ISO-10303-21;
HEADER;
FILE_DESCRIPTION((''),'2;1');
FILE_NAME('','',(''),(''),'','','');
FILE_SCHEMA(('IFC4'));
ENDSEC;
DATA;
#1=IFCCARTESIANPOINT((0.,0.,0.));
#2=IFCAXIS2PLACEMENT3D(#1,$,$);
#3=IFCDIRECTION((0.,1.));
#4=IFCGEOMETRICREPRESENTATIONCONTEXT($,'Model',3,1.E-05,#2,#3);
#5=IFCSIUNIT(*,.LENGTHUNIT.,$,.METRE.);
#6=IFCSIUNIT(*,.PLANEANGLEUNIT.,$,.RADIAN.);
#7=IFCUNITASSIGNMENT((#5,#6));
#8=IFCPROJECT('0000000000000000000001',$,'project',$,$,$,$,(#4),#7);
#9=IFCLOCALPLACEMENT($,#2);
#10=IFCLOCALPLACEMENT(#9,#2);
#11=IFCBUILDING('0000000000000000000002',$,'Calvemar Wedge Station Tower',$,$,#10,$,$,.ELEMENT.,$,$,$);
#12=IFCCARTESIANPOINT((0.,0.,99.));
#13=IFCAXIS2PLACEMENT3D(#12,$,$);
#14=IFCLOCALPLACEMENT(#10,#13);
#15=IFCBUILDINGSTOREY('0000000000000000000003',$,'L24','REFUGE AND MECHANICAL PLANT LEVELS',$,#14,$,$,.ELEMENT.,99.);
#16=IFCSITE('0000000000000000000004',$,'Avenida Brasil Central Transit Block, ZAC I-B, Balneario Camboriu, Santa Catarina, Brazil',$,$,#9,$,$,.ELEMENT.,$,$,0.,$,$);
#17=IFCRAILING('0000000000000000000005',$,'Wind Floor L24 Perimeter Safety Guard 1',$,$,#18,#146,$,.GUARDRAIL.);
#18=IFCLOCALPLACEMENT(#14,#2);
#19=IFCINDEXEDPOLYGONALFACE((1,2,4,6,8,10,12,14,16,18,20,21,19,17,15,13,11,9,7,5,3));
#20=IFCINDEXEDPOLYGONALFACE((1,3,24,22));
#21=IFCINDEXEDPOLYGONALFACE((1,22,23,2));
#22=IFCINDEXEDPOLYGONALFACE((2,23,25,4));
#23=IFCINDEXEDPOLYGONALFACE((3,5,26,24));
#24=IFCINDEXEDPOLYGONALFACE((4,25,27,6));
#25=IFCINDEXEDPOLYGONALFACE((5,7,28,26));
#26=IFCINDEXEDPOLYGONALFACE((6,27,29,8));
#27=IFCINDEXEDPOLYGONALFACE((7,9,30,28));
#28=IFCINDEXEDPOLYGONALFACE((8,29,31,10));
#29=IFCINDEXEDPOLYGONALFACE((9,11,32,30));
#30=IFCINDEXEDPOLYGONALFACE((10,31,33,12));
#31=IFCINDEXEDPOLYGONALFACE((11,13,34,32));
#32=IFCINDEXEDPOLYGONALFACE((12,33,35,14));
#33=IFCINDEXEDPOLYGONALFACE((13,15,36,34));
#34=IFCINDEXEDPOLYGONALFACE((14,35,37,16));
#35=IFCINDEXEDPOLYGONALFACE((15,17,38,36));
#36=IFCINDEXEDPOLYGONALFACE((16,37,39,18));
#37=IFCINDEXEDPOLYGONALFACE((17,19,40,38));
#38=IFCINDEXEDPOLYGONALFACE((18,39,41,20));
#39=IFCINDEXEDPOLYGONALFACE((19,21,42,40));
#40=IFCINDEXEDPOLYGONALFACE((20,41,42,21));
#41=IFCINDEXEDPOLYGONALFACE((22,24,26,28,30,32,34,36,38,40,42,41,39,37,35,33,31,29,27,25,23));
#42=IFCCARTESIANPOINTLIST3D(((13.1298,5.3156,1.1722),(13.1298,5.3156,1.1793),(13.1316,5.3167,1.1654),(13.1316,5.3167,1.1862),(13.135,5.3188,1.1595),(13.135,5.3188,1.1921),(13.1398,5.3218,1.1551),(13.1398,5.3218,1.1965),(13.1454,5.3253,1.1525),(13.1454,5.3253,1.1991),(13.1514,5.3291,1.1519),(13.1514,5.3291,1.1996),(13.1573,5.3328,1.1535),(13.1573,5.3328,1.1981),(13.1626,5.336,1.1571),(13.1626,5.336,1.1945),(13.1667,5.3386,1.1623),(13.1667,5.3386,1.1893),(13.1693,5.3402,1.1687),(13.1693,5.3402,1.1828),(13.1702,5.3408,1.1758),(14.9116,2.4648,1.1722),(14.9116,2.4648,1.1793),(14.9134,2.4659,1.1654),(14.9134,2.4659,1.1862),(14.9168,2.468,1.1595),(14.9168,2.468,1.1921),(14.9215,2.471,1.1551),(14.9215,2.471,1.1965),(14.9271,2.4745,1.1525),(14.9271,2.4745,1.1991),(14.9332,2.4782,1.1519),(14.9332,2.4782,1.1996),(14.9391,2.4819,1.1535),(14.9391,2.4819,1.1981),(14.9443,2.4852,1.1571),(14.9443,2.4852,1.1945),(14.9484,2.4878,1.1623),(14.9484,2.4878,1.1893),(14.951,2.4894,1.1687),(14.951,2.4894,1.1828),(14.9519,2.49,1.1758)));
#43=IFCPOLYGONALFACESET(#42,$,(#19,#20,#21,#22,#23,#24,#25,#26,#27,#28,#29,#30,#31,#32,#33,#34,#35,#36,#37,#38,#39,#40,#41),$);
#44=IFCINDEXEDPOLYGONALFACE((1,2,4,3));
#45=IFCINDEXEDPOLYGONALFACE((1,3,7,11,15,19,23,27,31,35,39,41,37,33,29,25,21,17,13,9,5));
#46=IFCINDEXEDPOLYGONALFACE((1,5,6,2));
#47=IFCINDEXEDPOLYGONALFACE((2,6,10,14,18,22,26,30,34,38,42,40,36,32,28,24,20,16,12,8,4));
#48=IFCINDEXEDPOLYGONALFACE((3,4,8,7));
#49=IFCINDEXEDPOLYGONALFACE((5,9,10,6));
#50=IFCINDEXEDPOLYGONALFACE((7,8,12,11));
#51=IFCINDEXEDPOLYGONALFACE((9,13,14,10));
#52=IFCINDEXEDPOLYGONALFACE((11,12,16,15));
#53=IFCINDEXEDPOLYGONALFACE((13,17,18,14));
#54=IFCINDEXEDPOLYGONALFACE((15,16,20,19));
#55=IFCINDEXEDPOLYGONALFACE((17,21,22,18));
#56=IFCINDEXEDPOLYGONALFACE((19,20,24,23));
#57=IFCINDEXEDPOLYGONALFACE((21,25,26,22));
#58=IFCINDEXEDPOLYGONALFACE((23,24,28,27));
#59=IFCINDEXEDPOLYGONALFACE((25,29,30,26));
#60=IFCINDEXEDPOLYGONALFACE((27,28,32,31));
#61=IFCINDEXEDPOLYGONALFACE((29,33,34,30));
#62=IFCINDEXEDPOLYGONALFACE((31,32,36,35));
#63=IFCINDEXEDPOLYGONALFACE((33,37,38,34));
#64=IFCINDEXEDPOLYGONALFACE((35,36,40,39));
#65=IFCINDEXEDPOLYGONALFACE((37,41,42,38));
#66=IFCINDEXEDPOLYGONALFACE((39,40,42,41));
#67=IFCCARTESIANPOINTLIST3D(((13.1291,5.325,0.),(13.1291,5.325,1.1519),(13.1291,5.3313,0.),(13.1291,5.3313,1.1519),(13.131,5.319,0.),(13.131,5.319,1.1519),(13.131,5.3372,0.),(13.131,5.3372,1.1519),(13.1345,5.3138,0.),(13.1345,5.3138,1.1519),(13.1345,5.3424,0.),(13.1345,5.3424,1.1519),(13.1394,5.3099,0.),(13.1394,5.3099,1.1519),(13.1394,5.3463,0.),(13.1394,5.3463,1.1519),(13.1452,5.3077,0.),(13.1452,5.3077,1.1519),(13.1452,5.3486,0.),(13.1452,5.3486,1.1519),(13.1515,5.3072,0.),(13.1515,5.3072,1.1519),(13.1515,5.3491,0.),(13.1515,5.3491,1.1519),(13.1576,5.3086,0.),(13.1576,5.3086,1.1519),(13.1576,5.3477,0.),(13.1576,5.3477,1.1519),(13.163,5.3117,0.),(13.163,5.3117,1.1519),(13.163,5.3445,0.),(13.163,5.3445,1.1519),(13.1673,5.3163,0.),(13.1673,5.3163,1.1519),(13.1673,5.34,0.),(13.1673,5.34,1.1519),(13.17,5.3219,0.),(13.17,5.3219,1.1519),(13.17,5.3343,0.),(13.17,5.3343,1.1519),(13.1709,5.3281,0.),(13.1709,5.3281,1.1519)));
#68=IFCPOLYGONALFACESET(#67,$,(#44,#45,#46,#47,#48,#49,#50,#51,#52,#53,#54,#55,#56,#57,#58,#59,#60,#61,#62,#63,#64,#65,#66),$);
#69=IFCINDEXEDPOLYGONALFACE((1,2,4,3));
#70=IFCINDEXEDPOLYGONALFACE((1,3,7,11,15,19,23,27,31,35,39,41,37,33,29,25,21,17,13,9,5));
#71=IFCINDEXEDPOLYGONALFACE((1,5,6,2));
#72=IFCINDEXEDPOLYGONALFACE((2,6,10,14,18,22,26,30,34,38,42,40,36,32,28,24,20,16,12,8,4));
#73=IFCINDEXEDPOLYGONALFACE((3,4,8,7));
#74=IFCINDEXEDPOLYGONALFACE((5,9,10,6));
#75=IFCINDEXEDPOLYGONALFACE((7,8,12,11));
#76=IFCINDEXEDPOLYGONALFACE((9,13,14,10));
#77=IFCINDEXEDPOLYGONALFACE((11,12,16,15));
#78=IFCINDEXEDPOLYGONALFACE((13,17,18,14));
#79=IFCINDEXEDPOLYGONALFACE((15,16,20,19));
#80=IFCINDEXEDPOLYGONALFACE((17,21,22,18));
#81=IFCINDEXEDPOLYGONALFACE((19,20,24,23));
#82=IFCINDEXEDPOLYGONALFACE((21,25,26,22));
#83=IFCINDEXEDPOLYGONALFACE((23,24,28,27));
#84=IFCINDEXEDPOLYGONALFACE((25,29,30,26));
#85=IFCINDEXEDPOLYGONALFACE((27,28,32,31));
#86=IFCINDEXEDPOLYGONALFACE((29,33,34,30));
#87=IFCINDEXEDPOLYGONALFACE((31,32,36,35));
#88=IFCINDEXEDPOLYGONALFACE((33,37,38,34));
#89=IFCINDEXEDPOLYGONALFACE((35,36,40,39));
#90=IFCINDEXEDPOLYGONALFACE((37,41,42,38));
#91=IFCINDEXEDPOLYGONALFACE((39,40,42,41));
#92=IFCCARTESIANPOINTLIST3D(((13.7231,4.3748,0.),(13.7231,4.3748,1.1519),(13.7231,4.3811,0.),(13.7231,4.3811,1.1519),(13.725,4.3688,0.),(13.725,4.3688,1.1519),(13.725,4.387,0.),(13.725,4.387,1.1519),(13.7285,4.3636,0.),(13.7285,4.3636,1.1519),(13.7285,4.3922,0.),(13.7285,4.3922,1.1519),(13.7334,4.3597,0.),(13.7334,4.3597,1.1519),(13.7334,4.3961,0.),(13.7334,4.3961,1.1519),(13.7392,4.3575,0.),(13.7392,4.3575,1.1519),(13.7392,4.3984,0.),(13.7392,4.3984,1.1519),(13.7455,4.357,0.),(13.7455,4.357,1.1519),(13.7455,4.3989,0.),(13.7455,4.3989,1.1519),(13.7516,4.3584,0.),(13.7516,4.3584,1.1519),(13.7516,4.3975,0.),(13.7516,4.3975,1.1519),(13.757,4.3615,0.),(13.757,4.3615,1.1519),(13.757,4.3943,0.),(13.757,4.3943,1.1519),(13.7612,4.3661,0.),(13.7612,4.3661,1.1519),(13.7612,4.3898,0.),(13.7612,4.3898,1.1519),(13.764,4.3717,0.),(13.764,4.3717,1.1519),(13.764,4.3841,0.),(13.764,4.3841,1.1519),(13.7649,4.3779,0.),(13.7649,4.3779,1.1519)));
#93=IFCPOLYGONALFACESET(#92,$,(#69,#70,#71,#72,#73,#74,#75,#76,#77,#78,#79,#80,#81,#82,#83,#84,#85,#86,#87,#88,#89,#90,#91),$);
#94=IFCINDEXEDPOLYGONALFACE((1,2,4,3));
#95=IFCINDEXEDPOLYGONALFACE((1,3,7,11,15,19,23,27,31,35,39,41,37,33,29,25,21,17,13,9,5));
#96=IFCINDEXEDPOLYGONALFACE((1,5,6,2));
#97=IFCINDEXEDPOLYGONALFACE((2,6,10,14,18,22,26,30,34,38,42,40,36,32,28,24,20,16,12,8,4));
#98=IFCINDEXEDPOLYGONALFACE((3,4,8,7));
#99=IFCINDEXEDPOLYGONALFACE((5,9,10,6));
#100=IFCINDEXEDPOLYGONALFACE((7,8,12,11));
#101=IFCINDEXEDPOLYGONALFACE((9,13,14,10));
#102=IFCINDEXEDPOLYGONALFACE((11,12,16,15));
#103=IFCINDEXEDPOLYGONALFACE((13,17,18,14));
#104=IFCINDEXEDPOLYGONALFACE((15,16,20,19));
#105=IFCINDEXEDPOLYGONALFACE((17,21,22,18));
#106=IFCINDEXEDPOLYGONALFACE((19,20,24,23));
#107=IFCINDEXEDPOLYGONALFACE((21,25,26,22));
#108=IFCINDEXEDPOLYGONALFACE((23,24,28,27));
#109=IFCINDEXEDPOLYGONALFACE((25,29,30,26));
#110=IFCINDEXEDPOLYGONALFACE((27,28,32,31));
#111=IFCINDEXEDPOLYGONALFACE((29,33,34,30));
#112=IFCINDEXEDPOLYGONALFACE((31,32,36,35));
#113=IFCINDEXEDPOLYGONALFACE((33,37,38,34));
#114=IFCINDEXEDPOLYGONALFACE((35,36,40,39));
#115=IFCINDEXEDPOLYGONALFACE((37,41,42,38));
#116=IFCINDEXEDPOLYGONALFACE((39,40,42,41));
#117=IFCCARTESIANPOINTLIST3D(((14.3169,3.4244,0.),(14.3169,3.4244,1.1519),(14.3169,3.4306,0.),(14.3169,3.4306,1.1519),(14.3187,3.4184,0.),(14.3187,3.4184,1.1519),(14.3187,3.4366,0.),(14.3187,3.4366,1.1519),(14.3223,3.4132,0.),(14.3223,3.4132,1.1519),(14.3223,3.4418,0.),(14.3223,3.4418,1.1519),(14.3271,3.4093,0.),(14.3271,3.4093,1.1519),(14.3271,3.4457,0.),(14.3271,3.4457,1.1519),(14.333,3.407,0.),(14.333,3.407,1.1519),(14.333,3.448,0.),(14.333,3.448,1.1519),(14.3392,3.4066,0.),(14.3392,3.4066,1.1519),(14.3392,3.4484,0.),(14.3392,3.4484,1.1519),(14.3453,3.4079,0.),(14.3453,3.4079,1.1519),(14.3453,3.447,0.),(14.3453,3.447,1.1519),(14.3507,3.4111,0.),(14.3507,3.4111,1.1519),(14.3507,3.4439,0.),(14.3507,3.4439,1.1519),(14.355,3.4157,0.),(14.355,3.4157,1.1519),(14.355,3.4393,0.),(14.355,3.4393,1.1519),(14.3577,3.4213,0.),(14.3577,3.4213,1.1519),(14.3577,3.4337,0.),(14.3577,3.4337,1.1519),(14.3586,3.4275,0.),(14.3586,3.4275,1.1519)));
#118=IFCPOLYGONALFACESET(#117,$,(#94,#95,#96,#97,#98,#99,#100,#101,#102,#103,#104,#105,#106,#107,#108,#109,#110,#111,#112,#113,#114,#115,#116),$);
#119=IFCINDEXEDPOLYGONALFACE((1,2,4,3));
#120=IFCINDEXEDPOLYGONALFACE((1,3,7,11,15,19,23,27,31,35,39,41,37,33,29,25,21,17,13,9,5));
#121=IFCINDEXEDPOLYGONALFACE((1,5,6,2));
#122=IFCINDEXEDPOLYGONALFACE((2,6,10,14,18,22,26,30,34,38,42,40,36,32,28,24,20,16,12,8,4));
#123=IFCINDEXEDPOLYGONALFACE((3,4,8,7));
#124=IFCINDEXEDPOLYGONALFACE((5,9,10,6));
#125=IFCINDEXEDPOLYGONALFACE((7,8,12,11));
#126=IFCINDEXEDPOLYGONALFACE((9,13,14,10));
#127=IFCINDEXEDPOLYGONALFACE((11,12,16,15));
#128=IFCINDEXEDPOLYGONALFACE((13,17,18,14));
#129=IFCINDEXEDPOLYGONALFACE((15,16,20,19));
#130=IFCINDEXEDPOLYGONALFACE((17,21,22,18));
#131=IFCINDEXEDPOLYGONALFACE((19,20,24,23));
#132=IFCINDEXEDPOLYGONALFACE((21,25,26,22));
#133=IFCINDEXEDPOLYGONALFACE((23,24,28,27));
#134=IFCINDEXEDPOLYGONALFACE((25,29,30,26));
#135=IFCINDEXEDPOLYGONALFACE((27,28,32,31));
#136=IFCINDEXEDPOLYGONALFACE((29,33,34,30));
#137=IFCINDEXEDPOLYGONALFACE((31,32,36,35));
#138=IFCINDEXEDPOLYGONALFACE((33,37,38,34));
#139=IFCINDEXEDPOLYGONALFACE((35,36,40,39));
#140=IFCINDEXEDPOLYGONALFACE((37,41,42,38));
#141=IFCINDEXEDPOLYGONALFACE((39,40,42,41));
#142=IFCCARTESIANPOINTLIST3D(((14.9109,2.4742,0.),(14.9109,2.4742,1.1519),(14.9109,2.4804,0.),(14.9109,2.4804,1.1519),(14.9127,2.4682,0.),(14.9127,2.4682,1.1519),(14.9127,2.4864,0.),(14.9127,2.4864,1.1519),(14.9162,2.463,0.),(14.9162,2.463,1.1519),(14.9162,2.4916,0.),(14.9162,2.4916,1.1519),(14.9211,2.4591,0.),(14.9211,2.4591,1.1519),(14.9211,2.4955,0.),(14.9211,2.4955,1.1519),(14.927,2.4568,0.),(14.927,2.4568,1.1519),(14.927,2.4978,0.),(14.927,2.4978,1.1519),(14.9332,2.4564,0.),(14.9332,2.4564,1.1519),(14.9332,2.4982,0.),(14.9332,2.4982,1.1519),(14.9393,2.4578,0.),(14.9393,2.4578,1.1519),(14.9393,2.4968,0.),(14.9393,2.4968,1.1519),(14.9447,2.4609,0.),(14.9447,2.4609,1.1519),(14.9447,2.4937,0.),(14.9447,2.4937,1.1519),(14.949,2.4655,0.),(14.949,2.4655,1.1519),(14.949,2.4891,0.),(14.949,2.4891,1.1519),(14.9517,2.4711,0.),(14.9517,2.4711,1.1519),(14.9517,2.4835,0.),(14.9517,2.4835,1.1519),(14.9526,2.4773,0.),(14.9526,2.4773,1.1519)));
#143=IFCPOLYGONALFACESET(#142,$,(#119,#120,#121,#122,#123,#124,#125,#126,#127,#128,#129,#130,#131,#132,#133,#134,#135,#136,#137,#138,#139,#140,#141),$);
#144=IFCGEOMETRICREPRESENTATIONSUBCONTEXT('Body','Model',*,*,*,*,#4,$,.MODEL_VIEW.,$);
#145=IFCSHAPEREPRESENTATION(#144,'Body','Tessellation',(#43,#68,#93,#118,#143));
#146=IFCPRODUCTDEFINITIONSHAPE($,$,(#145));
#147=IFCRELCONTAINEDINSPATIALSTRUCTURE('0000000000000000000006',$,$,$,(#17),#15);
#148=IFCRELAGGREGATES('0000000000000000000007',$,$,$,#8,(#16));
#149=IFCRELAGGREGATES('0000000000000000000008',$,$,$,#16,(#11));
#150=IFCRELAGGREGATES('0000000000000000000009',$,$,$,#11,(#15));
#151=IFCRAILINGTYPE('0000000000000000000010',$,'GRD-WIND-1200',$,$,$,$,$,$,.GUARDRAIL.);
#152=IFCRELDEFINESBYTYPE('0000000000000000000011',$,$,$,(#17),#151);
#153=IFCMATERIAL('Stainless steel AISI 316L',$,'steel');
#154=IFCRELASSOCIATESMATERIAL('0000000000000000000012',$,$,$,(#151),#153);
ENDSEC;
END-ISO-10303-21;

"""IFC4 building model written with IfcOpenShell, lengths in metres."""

from ifc_helpers import new_model, si_unit, direction, frame, origin, origin_2d, place, context, subcontext, project, spatial, circle, extrude, material, type_object, element, save


model = new_model("IFC4")

# Units and contexts
model_context = context("Model", 3, precision=1e-05, world=origin(), true_north=direction((0.0, 1.0)))
body_context = subcontext(model_context, "Body", "Model", "MODEL_VIEW")
ifc_project = project(units=[si_unit("LENGTHUNIT", "METRE"), si_unit("PLANEANGLEUNIT", "RADIAN")], contexts=[model_context])

# Site, building, storey
site_placement = place(None, origin())
site = spatial("IfcSite", under=ifc_project, at=site_placement, Name="Avenida Brasil Central Transit Block, ZAC I-B, Balneario Camboriu, Santa Catarina, Brazil", CompositionType="ELEMENT", RefElevation=0.0)
building_placement = place(site_placement, origin())
building = spatial("IfcBuilding", under=site, at=building_placement, Name="Calvemar Wedge Station Tower", CompositionType="ELEMENT")
storey_placement = place(building_placement, frame((0.0, 0.0, 99.0)))
storey = spatial("IfcBuildingStorey", under=building, at=storey_placement, Name="L24", Description="REFUGE AND MECHANICAL PLANT LEVELS", CompositionType="ELEMENT", Elevation=99.0)

# Railing
ifc_material_1 = material(Name="Stainless steel AISI 316L", Category="steel")
railing_type = type_object("IfcRailingType", Name="GRD-WIND-1200", PredefinedType="GUARDRAIL", material=ifc_material_1)
railing_1_placement = place(storey_placement, frame((13.1499, 5.3281, 0.0)))
element("IfcRailing", 1, at=railing_1_placement, inside=storey, type_object=railing_type, Name="Wind Floor L24 Perimeter Safety Guard 1", PredefinedType="GUARDRAIL", context=body_context, shape_type="SweptSolid", body=[
    extrude(circle(Radius=0.0239, at=origin_2d()), frame((0.0, 0.0, 1.1758), z_axis=(0.529992, -0.848002, 0.0), x_axis=(0.848002, 0.529992, 0.0)), (0.0, 0.0, 1.0), 3.3618),
    extrude(circle(Radius=0.021, at=origin_2d()), origin(), (0.0, 0.0, 1.0), 1.1519),
    extrude(circle(Radius=0.021, at=origin_2d()), frame((0.594, -0.9502, 0.0)), (0.0, 0.0, 1.0), 1.1519),
    extrude(circle(Radius=0.021, at=origin_2d()), frame((1.1877, -1.9006, 0.0)), (0.0, 0.0, 1.0), 1.1519),
    extrude(circle(Radius=0.021, at=origin_2d()), frame((1.7817, -2.8508, 0.0)), (0.0, 0.0, 1.0), 1.1519),
])

save(model, "model.ifc")
